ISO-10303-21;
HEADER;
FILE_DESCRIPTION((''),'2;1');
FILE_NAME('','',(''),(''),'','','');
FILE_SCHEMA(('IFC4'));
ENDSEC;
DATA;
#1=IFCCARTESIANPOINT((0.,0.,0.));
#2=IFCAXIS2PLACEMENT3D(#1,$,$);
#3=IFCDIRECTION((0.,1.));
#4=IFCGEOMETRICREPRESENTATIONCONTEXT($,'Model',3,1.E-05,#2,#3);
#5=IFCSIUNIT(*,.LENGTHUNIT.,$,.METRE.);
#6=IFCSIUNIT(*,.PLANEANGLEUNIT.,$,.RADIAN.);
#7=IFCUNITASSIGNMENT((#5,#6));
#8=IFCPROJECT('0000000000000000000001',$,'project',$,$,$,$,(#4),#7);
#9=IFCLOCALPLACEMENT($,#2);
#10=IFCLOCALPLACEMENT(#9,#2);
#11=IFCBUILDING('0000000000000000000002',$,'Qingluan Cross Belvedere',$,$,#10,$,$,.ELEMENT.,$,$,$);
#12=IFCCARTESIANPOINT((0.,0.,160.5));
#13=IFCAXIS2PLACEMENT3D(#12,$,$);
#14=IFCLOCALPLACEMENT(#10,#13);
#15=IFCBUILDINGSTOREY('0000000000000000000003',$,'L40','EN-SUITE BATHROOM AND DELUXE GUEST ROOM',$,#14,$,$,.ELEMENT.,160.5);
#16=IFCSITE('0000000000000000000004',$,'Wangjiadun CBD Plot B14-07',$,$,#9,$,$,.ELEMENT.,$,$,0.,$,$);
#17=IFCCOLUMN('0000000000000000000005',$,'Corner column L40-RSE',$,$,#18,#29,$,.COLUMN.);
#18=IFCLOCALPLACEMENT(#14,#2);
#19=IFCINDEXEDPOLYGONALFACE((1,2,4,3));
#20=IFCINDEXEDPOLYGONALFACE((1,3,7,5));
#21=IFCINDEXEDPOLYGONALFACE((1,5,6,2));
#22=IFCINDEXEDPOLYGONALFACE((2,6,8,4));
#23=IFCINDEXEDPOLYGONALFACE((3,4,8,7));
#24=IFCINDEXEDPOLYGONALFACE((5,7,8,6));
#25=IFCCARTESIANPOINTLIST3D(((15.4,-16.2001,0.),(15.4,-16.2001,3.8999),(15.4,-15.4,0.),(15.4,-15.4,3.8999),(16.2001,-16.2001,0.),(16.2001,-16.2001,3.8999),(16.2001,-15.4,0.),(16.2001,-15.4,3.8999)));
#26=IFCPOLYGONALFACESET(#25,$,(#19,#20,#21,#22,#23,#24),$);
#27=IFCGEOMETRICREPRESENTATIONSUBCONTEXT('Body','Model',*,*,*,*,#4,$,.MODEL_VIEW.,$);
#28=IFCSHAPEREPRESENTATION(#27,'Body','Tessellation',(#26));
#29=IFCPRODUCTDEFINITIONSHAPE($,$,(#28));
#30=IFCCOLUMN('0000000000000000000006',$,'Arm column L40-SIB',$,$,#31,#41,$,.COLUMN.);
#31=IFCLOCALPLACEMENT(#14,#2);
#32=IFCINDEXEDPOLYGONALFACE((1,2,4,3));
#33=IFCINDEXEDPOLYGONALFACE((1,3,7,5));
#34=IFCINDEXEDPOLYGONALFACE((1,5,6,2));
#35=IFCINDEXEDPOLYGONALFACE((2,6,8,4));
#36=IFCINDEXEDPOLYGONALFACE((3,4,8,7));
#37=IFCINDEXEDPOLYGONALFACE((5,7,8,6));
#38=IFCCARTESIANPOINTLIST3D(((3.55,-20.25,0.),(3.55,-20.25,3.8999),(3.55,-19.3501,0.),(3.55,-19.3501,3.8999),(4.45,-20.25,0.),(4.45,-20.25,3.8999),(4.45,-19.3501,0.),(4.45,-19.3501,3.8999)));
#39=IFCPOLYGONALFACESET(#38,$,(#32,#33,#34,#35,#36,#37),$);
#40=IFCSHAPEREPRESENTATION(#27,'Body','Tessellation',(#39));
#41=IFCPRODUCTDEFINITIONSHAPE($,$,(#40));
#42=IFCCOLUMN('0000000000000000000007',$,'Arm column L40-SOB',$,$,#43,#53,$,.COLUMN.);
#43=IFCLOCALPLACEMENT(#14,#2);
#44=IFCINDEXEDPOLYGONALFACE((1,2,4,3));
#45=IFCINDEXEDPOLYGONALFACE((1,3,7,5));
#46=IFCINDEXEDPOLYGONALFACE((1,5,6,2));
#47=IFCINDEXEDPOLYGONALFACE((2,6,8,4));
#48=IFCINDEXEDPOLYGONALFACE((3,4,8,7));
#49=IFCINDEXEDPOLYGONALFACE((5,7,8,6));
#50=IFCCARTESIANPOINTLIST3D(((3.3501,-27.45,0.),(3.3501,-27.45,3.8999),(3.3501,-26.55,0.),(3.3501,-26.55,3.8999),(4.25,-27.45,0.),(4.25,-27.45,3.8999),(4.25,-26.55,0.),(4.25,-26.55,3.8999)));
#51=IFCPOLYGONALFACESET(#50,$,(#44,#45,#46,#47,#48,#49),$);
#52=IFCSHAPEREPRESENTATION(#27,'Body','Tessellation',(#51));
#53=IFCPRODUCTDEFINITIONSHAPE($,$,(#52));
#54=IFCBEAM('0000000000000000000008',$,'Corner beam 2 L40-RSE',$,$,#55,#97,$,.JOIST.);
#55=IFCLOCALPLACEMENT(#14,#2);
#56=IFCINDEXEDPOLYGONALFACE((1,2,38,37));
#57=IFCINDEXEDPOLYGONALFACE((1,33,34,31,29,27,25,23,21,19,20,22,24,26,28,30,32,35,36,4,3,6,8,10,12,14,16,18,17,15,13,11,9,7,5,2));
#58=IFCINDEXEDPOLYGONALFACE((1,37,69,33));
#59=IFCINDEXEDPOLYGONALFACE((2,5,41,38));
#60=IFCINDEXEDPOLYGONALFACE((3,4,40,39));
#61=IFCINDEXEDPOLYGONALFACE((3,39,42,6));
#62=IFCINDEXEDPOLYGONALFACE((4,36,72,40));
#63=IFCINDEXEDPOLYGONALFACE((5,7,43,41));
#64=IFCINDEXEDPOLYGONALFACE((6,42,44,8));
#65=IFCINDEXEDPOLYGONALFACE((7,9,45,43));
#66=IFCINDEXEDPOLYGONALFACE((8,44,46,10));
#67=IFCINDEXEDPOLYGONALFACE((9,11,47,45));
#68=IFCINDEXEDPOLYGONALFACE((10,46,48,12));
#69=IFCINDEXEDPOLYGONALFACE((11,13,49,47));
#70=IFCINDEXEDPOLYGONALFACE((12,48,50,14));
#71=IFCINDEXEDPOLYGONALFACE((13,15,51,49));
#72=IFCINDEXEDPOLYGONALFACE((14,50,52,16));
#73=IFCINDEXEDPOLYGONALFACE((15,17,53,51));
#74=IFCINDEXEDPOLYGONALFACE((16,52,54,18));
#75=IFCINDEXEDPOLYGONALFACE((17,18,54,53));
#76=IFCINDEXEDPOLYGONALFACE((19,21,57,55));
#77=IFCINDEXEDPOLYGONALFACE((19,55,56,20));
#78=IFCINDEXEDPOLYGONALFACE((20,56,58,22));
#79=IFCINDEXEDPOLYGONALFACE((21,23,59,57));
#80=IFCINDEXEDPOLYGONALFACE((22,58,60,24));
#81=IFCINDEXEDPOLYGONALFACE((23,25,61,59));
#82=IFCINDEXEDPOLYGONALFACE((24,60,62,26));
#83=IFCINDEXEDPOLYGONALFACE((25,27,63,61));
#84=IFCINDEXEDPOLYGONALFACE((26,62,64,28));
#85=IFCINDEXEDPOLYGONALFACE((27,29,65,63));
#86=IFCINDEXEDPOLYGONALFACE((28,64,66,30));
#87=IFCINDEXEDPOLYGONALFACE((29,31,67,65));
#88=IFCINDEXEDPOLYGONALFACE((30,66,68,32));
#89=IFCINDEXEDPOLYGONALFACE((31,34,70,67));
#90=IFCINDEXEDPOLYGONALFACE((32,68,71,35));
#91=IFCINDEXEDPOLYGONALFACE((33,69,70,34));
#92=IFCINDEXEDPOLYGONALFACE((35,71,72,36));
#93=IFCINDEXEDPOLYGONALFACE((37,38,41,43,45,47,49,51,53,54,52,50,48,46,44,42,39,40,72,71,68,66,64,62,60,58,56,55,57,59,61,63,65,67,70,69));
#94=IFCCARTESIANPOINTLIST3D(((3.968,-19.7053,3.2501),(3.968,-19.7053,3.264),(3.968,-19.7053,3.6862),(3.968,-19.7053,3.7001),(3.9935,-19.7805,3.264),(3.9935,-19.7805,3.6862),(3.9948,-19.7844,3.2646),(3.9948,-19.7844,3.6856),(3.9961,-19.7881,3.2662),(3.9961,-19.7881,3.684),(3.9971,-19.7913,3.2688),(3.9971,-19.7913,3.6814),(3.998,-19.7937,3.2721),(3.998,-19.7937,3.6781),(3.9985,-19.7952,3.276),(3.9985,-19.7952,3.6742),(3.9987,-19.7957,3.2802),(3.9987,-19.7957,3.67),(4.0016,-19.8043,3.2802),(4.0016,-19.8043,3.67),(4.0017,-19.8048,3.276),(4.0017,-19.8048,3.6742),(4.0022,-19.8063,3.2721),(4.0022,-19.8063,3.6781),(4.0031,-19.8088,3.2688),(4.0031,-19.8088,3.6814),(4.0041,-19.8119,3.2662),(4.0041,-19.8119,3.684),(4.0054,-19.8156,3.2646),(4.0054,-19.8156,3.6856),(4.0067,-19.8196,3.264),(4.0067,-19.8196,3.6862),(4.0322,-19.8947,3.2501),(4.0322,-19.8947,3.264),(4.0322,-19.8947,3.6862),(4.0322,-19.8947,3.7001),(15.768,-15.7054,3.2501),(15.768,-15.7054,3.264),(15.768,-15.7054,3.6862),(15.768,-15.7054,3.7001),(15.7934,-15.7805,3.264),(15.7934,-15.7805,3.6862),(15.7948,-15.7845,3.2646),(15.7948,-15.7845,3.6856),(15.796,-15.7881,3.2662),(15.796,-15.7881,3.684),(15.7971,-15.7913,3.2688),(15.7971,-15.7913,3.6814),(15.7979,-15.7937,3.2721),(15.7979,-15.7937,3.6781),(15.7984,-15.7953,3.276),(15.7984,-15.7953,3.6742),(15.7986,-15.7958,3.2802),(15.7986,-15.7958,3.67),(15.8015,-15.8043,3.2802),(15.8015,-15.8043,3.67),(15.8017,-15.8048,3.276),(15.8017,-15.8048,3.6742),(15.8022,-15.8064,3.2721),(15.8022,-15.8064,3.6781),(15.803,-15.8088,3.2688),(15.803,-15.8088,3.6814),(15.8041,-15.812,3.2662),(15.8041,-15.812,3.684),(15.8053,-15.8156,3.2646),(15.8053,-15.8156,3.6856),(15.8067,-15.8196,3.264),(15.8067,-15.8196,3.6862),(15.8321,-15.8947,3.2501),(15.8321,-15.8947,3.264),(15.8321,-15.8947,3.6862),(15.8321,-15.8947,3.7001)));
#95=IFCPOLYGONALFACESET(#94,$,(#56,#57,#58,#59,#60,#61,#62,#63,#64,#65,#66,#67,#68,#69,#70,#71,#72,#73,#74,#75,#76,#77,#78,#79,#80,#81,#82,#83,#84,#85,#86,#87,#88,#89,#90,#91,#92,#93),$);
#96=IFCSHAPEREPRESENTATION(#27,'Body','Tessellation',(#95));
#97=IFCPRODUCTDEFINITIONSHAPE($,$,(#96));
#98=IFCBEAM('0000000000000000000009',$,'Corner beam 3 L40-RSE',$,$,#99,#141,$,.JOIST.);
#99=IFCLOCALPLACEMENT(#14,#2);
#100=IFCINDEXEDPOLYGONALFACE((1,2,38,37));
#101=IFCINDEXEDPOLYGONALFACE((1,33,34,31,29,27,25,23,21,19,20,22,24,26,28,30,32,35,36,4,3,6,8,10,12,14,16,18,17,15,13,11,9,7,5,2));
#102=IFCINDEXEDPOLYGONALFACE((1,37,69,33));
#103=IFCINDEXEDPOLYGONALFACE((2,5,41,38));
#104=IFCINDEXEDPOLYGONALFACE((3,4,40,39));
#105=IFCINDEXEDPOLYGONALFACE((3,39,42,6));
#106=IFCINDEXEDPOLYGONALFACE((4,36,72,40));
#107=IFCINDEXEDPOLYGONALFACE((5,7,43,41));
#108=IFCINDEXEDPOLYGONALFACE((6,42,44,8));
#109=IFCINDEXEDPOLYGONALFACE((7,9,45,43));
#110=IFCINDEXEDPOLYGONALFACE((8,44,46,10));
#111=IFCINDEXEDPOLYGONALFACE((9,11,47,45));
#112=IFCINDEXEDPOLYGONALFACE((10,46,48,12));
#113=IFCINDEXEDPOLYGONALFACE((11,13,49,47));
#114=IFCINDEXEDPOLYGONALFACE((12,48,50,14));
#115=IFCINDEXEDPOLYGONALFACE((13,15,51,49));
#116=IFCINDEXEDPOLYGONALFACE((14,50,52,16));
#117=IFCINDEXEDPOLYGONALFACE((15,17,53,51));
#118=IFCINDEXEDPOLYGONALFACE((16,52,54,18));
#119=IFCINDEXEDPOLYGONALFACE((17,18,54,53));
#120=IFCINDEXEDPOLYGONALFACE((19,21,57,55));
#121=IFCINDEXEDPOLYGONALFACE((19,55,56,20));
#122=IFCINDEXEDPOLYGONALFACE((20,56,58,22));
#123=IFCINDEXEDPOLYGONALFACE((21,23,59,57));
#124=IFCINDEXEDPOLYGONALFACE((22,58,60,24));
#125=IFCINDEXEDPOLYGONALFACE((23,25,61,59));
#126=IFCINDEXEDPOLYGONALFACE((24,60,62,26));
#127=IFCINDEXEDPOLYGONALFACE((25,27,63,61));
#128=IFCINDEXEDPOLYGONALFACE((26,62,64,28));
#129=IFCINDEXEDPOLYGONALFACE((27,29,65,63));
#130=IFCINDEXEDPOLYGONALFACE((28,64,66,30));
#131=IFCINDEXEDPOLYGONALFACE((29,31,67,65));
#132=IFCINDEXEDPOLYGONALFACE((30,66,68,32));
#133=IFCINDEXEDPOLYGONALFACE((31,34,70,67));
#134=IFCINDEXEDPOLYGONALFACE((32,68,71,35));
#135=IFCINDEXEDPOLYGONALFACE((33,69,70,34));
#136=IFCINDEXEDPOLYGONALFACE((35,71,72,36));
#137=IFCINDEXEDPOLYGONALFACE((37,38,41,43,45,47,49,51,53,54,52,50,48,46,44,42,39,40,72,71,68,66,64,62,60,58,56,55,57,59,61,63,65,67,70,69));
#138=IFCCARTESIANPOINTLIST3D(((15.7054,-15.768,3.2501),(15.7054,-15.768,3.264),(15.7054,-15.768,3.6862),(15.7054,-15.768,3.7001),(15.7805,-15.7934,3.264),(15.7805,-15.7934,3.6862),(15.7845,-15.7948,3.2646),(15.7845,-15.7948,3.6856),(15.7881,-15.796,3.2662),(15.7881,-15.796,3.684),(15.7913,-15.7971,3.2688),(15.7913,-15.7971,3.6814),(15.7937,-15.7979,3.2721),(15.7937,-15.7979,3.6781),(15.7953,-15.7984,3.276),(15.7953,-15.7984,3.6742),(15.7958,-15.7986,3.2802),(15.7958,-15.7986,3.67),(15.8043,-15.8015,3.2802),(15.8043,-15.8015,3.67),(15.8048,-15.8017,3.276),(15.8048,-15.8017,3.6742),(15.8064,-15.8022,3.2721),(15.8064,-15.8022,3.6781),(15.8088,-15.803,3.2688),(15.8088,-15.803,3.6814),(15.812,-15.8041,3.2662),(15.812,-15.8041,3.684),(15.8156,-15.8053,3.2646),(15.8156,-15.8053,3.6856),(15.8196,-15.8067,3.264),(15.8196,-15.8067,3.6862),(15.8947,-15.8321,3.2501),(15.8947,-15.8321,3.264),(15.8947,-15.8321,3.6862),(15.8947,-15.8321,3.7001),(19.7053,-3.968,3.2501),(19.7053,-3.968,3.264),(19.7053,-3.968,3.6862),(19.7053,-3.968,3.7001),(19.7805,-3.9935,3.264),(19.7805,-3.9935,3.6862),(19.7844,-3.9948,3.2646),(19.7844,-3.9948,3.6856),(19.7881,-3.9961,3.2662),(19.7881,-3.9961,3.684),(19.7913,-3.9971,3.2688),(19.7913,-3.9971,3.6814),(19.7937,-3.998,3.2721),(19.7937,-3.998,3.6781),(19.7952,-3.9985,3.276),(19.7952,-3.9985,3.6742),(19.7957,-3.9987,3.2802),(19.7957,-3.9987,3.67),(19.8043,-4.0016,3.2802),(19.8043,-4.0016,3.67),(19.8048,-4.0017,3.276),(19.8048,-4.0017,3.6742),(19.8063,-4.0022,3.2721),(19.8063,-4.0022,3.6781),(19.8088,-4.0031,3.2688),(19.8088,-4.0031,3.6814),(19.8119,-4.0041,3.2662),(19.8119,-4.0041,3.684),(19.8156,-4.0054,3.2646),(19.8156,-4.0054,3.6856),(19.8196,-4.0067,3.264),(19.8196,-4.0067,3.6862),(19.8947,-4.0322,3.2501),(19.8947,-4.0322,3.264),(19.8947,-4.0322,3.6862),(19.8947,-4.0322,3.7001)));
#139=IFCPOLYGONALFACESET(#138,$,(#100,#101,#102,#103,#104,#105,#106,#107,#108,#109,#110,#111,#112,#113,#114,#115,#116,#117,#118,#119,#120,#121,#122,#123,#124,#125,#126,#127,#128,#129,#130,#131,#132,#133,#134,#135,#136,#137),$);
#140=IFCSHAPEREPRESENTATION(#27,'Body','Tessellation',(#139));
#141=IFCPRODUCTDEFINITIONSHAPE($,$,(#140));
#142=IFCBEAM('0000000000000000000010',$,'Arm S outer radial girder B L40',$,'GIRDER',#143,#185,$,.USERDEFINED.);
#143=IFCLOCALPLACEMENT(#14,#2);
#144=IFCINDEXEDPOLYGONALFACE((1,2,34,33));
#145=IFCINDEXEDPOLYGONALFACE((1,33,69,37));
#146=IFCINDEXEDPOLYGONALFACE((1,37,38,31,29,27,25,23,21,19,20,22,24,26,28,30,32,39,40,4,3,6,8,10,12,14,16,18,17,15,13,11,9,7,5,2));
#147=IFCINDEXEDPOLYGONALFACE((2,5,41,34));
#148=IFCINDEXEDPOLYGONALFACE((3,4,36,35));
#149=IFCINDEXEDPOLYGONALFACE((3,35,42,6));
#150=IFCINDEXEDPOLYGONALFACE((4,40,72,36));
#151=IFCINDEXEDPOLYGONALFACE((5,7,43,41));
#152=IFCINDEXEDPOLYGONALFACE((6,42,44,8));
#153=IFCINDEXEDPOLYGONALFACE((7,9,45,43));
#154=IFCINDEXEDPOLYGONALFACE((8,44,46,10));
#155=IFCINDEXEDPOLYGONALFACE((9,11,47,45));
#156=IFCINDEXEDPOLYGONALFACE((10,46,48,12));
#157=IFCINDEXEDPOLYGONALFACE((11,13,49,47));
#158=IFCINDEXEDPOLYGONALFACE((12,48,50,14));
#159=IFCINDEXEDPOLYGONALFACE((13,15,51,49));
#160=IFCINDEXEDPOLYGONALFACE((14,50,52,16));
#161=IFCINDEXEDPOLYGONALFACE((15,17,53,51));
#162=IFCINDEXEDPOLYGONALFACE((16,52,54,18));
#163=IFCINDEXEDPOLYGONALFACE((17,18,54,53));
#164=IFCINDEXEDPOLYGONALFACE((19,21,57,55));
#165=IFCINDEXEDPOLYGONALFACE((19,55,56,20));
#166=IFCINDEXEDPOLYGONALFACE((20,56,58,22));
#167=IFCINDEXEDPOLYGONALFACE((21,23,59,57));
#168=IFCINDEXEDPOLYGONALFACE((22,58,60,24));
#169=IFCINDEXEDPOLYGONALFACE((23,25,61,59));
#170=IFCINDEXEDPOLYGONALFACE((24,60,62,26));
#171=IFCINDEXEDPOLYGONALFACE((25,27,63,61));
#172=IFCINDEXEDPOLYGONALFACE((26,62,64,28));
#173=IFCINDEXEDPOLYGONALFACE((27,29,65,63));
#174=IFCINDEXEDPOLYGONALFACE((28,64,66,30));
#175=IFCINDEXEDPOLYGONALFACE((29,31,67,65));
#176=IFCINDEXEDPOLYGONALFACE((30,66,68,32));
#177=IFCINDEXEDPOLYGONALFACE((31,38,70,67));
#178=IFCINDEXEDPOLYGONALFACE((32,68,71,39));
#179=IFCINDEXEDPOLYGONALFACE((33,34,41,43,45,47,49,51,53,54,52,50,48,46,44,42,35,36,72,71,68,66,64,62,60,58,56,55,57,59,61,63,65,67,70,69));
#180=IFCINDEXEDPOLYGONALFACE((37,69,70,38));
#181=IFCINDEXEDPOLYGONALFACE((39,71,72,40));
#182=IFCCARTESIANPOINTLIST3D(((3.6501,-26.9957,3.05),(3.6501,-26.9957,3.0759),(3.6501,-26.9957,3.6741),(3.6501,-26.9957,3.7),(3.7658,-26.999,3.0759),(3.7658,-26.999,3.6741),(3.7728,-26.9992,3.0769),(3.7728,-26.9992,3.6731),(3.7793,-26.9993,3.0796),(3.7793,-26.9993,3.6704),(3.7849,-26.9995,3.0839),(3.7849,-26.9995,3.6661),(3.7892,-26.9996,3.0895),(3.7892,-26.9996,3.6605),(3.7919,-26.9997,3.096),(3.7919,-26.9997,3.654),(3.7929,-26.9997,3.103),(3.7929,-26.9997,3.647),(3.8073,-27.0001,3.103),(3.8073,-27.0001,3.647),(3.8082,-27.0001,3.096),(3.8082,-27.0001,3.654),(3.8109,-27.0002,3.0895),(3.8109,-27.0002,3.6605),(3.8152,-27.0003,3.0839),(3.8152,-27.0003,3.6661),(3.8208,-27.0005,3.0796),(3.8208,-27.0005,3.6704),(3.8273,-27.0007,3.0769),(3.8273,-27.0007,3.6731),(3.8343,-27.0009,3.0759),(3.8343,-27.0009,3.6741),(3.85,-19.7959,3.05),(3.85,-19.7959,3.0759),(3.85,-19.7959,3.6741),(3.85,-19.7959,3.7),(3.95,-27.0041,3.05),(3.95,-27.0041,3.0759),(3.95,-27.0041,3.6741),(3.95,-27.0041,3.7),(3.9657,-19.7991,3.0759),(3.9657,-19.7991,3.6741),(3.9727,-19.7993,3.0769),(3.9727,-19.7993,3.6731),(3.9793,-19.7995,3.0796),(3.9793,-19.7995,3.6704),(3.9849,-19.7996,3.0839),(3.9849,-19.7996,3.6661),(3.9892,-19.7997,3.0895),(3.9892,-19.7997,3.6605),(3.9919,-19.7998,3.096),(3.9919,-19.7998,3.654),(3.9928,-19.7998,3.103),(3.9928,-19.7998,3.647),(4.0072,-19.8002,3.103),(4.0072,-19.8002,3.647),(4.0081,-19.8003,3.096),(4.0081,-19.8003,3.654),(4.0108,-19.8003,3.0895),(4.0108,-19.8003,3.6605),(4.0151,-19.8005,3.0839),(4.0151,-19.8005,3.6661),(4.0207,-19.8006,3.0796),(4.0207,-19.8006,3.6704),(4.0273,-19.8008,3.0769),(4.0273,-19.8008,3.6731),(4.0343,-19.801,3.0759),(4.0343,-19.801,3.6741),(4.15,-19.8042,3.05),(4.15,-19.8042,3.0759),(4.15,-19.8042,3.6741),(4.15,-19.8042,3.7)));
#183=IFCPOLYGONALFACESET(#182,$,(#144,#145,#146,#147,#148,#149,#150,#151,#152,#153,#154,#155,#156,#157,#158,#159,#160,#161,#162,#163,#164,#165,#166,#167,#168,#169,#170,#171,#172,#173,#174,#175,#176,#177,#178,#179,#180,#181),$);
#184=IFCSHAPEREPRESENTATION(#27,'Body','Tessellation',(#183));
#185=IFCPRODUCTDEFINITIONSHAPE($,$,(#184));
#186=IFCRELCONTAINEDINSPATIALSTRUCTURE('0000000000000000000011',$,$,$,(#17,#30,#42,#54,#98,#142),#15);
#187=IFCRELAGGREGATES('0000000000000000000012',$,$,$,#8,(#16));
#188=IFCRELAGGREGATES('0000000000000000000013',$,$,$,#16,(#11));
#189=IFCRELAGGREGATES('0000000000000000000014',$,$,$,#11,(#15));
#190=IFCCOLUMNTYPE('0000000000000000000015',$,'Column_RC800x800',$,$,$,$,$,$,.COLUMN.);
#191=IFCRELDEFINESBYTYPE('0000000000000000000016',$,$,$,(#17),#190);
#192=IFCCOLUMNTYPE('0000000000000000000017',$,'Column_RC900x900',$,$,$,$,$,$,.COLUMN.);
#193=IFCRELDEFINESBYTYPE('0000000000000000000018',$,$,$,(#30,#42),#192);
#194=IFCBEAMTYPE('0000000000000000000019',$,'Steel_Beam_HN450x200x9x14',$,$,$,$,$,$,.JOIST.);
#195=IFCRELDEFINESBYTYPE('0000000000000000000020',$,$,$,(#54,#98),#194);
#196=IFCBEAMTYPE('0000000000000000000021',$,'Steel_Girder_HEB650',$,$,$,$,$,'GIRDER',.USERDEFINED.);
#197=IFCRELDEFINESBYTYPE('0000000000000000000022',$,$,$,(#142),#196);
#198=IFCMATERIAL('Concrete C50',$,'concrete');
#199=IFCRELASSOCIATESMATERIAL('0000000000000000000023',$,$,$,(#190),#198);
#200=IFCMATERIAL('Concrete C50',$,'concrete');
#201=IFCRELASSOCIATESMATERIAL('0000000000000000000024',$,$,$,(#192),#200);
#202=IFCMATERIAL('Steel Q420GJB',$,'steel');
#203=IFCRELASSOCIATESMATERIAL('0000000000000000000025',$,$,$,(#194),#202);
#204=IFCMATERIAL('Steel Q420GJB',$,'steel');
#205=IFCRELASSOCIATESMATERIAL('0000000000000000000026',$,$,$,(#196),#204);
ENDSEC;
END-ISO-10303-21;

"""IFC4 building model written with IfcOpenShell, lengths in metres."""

from ifc_helpers import new_model, si_unit, direction, frame, origin, origin_2d, place, context, subcontext, project, spatial, rectangle, i_section, extrude, material, material_profile, profile_set, type_object, element, save


model = new_model("IFC4")

# Units and contexts
model_context = context("Model", 3, precision=1e-05, world=origin(), true_north=direction((0.0, 1.0)))
body_context = subcontext(model_context, "Body", "Model", "MODEL_VIEW")
ifc_project = project(units=[si_unit("LENGTHUNIT", "METRE"), si_unit("PLANEANGLEUNIT", "RADIAN")], contexts=[model_context])

# Site, building, storey
site_placement = place(None, origin())
site = spatial("IfcSite", under=ifc_project, at=site_placement, Name="Wangjiadun CBD Plot B14-07", CompositionType="ELEMENT", RefElevation=0.0)
building_placement = place(site_placement, origin())
building = spatial("IfcBuilding", under=site, at=building_placement, Name="Qingluan Cross Belvedere", CompositionType="ELEMENT")
storey_placement = place(building_placement, frame((0.0, 0.0, 160.5)))
storey = spatial("IfcBuildingStorey", under=building, at=storey_placement, Name="L40", Description="EN-SUITE BATHROOM AND DELUXE GUEST ROOM", CompositionType="ELEMENT", Elevation=160.5)

# Columns
ifc_material_1 = material(Name="Concrete C50", Category="concrete")
ifc_material_profile_1 = material_profile(ifc_material_1, rectangle(XDim=0.8, YDim=0.8, at=origin_2d()), Name="RC800x800")
ifc_profile_set_1 = profile_set([ifc_material_profile_1], Name="Concrete C50")
column_type_1 = type_object("IfcColumnType", Name="Column_RC800x800", PredefinedType="COLUMN", material=ifc_profile_set_1)
column_placement = place(storey_placement, frame((15.8, -15.8, 0.0), z_axis=(0.0, 0.0, 1.0), x_axis=(1.0, 0.0, 0.0)))
element("IfcColumn", 1, at=column_placement, inside=storey, type_object=column_type_1, Name="Corner column L40-RSE", PredefinedType="COLUMN", context=body_context, shape_type="SweptSolid", body=[
    extrude(rectangle(XDim=0.8, YDim=0.8, at=origin_2d()), origin(), (0.0, 0.0, 1.0), 3.8999),
])
ifc_material_2 = material(Name="Concrete C50", Category="concrete")
ifc_material_profile_2 = material_profile(ifc_material_2, rectangle(XDim=0.8999, YDim=0.8999, at=origin_2d()), Name="RC900x900")
ifc_profile_set_2 = profile_set([ifc_material_profile_2], Name="Concrete C50")
column_type_2 = type_object("IfcColumnType", Name="Column_RC900x900", PredefinedType="COLUMN", material=ifc_profile_set_2)
for number, where, z_axis, x_axis, name in (
    (2, (4.0, -19.8, 0.0), (0.0, 0.0, 1.0), (1.0, 0.0, 0.0), "Arm column L40-SIB"),
    (3, (3.8, -27.0, 0.0), (0.0, 0.0, 1.0), (1.0, 0.0, 0.0), "Arm column L40-SOB"),
):
    element("IfcColumn", number, at=place(storey_placement, frame(where, z_axis=z_axis, x_axis=x_axis)), inside=storey, type_object=column_type_2, Name=name, PredefinedType="COLUMN", context=body_context, shape_type="SweptSolid", body=[
        extrude(rectangle(XDim=0.8999, YDim=0.8999, at=origin_2d()), origin(), (0.0, 0.0, 1.0), 3.8999),
    ])

# Beams
ifc_material_3 = material(Name="Steel Q420GJB", Category="steel")
ifc_material_profile_3 = material_profile(ifc_material_3, i_section(OverallWidth=0.2, OverallDepth=0.45, WebThickness=0.009, FlangeThickness=0.0139, FilletRadius=0.0161, at=origin_2d()), Name="HN450x200x9x14")
ifc_profile_set_3 = profile_set([ifc_material_profile_3], Name="Steel Q420GJB")
beam_type_1 = type_object("IfcBeamType", Name="Steel_Beam_HN450x200x9x14", PredefinedType="JOIST", material=ifc_profile_set_3)
for number, where, z_axis, x_axis, name in (
    (4, (15.8, -15.8, 3.4751), (-0.947066, -0.321038, 0.0), (0.321038, -0.947066, 0.0), "Corner beam 2 L40-RSE"),
    (5, (15.8, -15.8, 3.4751), (0.321038, 0.947066, 0.0), (-0.947066, 0.321038, 0.0), "Corner beam 3 L40-RSE"),
):
    element("IfcBeam", number, at=place(storey_placement, frame(where, z_axis=z_axis, x_axis=x_axis)), inside=storey, type_object=beam_type_1, Name=name, PredefinedType="JOIST", context=body_context, shape_type="SweptSolid", body=[
        extrude(i_section(OverallWidth=0.2, OverallDepth=0.45, WebThickness=0.009, FlangeThickness=0.0139, FilletRadius=0.0161, at=origin_2d()), origin(), (0.0, 0.0, 1.0), 12.4595),
    ])
ifc_material_4 = material(Name="Steel Q420GJB", Category="steel")
ifc_material_profile_4 = material_profile(ifc_material_4, i_section(OverallWidth=0.3, OverallDepth=0.6499, WebThickness=0.0144, FlangeThickness=0.0259, FilletRadius=0.0271, at=origin_2d()), Name="HEB650")
ifc_profile_set_4 = profile_set([ifc_material_profile_4], Name="Steel Q420GJB")
beam_type_2 = type_object("IfcBeamType", Name="Steel_Girder_HEB650", ElementType="GIRDER", PredefinedType="USERDEFINED", material=ifc_profile_set_4)
beam_placement = place(storey_placement, frame((4.0, -19.8, 3.375), z_axis=(-0.02776, -0.999615, 0.0), x_axis=(0.999615, -0.02776, 0.0)))
element("IfcBeam", 6, at=beam_placement, inside=storey, type_object=beam_type_2, Name="Arm S outer radial girder B L40", ObjectType="GIRDER", PredefinedType="USERDEFINED", context=body_context, shape_type="SweptSolid", body=[
    extrude(i_section(OverallWidth=0.3, OverallDepth=0.6499, WebThickness=0.0144, FlangeThickness=0.0259, FilletRadius=0.0271, at=origin_2d()), origin(), (0.0, 0.0, 1.0), 7.2026),
])

save(model, "model.ifc")
